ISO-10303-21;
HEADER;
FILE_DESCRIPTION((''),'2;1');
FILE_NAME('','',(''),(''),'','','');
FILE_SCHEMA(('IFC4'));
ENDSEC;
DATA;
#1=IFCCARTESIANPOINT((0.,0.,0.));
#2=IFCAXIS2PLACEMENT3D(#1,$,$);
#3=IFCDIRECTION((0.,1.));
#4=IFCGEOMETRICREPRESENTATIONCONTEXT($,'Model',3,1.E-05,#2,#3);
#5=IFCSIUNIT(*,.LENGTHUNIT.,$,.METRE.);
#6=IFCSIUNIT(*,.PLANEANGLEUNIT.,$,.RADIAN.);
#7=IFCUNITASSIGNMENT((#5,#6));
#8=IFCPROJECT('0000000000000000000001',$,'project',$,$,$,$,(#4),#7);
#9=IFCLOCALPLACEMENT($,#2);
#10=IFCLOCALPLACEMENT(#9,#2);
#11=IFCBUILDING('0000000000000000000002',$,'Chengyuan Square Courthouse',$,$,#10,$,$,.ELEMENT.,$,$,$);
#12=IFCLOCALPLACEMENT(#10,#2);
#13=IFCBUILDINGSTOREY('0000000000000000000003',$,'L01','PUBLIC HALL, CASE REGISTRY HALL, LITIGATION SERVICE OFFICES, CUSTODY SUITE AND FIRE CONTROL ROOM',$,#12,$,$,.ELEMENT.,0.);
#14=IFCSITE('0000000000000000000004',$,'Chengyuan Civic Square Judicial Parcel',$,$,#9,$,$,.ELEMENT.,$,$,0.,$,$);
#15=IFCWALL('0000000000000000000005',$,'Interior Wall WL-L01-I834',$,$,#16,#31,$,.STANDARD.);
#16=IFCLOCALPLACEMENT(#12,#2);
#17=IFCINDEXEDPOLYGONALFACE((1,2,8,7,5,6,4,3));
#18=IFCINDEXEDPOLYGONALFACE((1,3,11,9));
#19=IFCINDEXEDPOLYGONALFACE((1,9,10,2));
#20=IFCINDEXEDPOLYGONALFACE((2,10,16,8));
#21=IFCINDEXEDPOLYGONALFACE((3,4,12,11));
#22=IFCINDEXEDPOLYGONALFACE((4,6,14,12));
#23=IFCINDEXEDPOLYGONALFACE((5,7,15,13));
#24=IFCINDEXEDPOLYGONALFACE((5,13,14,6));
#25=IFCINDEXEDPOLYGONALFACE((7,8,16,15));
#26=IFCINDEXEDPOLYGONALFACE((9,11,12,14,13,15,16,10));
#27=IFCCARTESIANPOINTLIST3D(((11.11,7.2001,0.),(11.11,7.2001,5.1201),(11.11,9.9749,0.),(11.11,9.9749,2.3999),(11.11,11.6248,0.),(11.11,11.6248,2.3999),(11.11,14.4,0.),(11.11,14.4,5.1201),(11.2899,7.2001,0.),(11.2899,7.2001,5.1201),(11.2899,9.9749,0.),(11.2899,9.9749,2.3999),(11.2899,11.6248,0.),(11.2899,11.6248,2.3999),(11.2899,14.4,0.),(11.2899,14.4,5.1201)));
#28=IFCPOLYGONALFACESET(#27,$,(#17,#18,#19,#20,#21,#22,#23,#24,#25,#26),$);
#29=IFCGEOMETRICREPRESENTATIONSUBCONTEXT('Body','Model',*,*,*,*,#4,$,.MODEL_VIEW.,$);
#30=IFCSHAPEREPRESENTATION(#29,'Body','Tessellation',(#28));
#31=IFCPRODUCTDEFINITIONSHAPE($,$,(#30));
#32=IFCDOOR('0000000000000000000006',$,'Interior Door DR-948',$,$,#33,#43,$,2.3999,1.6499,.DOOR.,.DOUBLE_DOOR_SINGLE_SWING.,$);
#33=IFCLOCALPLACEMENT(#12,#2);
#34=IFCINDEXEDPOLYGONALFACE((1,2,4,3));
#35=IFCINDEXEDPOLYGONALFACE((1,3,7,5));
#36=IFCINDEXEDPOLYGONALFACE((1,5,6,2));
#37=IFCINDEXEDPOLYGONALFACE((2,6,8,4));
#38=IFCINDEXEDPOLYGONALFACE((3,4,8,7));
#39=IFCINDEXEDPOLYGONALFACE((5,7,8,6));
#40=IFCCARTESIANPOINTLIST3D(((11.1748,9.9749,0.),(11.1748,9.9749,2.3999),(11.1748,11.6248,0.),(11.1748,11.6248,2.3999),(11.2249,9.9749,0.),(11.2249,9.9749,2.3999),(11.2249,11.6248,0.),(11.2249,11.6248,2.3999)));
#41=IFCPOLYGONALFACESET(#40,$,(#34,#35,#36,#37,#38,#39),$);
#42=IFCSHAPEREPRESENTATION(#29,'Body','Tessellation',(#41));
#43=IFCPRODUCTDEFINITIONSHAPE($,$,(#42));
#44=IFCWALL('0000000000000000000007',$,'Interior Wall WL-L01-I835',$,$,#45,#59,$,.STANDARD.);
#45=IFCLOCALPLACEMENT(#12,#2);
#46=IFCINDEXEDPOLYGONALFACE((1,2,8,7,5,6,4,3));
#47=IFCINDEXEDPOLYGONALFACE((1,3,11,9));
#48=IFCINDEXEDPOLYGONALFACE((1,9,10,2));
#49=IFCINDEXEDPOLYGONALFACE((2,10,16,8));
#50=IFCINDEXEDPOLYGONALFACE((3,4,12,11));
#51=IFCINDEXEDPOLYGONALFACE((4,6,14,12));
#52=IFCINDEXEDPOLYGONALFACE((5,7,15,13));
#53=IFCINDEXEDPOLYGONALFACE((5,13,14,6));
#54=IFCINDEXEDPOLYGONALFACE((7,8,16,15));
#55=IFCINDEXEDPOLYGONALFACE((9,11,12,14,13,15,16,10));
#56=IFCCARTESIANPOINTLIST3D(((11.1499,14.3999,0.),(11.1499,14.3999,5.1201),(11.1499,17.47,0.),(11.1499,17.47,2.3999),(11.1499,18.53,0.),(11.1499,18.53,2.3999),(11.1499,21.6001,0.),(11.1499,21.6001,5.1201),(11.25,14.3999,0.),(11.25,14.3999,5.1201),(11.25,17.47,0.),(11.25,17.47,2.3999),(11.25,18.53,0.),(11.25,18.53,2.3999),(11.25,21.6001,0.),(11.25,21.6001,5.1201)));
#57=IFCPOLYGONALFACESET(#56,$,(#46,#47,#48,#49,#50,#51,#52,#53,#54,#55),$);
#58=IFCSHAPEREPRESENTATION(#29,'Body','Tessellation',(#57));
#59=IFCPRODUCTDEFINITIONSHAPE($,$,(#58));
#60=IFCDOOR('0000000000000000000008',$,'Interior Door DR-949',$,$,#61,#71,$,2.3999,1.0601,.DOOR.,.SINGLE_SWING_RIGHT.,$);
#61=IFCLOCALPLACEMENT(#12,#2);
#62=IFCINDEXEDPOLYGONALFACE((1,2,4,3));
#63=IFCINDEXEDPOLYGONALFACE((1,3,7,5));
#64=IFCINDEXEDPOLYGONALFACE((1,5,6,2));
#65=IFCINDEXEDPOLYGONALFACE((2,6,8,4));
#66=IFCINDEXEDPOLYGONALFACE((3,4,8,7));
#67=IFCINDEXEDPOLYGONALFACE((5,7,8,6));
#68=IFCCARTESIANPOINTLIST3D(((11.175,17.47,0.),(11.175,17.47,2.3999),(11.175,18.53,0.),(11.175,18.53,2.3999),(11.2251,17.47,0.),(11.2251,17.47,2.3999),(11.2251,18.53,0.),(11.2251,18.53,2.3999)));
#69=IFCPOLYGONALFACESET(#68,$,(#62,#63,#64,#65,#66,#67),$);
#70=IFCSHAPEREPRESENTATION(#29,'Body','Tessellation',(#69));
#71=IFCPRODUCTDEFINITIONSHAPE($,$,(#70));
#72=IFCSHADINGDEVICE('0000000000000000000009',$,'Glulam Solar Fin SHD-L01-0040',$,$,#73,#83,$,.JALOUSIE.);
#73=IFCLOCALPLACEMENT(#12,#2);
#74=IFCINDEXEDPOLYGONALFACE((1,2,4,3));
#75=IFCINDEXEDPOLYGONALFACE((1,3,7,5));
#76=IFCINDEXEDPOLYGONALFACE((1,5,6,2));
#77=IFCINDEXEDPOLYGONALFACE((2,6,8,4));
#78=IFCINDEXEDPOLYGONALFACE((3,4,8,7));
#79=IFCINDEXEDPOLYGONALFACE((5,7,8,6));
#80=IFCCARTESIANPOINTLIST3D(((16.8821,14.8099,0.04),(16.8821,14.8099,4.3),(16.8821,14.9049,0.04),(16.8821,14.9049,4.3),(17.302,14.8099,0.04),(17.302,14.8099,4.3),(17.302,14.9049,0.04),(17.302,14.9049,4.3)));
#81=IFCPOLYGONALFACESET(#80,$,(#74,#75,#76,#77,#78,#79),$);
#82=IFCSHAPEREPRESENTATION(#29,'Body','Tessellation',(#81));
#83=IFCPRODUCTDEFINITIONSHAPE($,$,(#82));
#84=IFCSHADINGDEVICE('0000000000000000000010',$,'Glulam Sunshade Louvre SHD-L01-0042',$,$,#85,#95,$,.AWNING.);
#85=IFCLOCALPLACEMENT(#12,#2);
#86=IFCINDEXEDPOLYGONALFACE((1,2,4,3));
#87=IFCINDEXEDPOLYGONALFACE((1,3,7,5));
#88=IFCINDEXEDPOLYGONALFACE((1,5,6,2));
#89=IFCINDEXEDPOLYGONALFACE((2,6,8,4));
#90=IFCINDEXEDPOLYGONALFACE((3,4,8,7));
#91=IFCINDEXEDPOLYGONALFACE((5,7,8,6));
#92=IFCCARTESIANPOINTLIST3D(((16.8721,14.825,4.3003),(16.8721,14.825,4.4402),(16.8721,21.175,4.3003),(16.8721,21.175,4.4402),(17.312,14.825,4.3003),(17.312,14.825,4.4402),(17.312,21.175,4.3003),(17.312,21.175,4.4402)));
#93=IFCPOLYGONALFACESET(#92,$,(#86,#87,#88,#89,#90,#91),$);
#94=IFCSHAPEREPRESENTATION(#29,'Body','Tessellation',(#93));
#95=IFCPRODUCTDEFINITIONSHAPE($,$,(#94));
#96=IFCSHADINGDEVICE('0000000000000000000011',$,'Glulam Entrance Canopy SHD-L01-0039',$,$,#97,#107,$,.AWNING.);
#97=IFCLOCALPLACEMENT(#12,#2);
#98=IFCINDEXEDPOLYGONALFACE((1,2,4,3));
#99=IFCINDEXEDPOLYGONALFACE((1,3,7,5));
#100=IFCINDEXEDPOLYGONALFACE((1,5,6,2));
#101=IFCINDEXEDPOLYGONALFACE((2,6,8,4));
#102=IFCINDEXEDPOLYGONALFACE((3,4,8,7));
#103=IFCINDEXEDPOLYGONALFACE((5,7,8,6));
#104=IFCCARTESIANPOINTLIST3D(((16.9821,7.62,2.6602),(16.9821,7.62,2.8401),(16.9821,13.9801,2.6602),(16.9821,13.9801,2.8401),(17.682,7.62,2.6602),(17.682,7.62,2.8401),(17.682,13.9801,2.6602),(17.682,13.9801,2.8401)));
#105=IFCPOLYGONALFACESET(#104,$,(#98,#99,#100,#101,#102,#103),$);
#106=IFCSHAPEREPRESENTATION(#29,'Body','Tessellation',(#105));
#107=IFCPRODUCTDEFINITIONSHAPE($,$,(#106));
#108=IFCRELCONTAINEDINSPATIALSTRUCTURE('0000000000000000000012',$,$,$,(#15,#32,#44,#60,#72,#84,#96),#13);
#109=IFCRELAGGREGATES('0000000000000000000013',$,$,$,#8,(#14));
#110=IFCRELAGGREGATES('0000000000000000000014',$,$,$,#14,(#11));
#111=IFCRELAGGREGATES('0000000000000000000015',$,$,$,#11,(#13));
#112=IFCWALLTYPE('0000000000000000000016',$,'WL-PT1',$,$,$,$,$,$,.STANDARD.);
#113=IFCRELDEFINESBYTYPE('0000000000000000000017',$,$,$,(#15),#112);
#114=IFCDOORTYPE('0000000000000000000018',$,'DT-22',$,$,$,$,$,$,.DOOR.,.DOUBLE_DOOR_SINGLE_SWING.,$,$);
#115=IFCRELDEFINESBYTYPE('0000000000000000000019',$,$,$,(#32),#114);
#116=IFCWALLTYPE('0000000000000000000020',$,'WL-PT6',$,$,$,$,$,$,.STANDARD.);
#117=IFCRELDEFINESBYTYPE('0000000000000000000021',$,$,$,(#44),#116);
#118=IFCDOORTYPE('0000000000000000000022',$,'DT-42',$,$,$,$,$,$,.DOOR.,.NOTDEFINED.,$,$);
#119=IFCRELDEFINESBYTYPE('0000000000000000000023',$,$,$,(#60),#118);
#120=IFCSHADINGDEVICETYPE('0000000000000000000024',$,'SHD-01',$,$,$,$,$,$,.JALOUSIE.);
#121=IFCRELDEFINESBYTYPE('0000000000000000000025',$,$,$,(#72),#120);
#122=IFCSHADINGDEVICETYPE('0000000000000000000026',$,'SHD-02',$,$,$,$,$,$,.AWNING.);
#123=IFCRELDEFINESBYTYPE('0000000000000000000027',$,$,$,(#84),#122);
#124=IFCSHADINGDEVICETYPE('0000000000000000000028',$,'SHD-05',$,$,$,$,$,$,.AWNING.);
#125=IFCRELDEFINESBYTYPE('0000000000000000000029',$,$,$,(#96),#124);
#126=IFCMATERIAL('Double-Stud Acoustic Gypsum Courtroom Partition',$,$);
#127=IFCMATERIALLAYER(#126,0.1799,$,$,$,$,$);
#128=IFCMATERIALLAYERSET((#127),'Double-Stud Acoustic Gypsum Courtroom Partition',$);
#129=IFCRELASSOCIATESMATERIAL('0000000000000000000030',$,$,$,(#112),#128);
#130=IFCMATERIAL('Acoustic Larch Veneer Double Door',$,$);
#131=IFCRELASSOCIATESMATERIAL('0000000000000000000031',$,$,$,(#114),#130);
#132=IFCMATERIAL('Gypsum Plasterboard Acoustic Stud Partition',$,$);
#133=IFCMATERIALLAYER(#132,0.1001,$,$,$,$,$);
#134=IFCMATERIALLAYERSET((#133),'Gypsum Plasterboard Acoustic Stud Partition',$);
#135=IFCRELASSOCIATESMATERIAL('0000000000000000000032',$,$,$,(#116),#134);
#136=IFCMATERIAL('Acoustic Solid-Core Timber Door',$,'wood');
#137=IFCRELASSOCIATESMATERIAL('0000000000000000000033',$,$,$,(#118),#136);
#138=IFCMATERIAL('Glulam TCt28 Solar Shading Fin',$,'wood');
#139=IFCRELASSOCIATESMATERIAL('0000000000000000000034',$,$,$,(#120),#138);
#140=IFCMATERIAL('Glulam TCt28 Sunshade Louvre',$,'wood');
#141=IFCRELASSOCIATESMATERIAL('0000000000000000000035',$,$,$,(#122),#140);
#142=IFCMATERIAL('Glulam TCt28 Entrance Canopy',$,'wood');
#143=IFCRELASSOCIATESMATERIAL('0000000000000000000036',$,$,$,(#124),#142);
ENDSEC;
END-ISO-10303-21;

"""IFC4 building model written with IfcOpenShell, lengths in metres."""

from ifc_helpers import new_model, si_unit, direction, frame, frame_2d, origin, origin_2d, place, context, subcontext, project, spatial, rectangle, extrude, material, layer, layer_set, type_object, element, fill, save


model = new_model("IFC4")

# Units and contexts
model_context = context("Model", 3, precision=1e-05, world=origin(), true_north=direction((0.0, 1.0)))
body_context = subcontext(model_context, "Body", "Model", "MODEL_VIEW")
ifc_project = project(units=[si_unit("LENGTHUNIT", "METRE"), si_unit("PLANEANGLEUNIT", "RADIAN")], contexts=[model_context])

# Site, building, storey
site_placement = place(None, origin())
site = spatial("IfcSite", under=ifc_project, at=site_placement, Name="Chengyuan Civic Square Judicial Parcel", CompositionType="ELEMENT", RefElevation=0.0)
building_placement = place(site_placement, origin())
building = spatial("IfcBuilding", under=site, at=building_placement, Name="Chengyuan Square Courthouse", CompositionType="ELEMENT")
storey_placement = place(building_placement, origin())
storey = spatial("IfcBuildingStorey", under=building, at=storey_placement, Name="L01", Description="PUBLIC HALL, CASE REGISTRY HALL, LITIGATION SERVICE OFFICES, CUSTODY SUITE AND FIRE CONTROL ROOM", CompositionType="ELEMENT", Elevation=0.0)

# Shared definitions
ifc_material_1 = material(Name="Double-Stud Acoustic Gypsum Courtroom Partition")
ifc_layer_1 = layer(ifc_material_1, 0.1799)
ifc_layer_set_1 = layer_set([ifc_layer_1], Name="Double-Stud Acoustic Gypsum Courtroom Partition")
wall_type_1 = type_object("IfcWallType", Name="WL-PT1", PredefinedType="STANDARD", material=ifc_layer_set_1)

# Walls, openings, doors
wall_1_placement = place(storey_placement, frame((11.2, 7.2, 0.0), z_axis=(0.0, 0.0, 1.0), x_axis=(0.0, 1.0, 0.0)))
wall_1 = element("IfcWall", 1, at=wall_1_placement, inside=storey, type_object=wall_type_1, Name="Interior Wall WL-L01-I834", PredefinedType="STANDARD", context=body_context, shape_type="SweptSolid", body=[
    extrude(rectangle(XDim=7.2, YDim=0.1799, at=frame_2d((3.6001, 0.0))), origin(), (0.0, 0.0, 1.0), 5.1201),
])
opening_1_placement = place(wall_1_placement, frame((2.7749, 0.0, 0.0)))
opening_1 = element("IfcOpeningElement", 2, at=opening_1_placement, cuts=wall_1, PredefinedType="OPENING", context=body_context, shape_type="SweptSolid", body=[
    extrude(rectangle(XDim=1.6499, YDim=2.3999, at=frame_2d((0.825, 1.2))), frame((0.0, 0.1021, 0.0), z_axis=(0.0, -1.0, 0.0), x_axis=(1.0, 0.0, 0.0)), (0.0, 0.0, 1.0), 0.2039),
])
ifc_material_2 = material(Name="Acoustic Larch Veneer Double Door")
door_type_1 = type_object("IfcDoorType", Name="DT-22", OperationType="DOUBLE_DOOR_SINGLE_SWING", PredefinedType="DOOR", material=ifc_material_2)
door_1_placement = place(opening_1_placement, frame((1.6499, 0.0, 0.0), z_axis=(0.0, 0.0, 1.0), x_axis=(-1.0, 0.0, 0.0)))
door_1 = element("IfcDoor", 3, at=door_1_placement, inside=storey, type_object=door_type_1, Name="Interior Door DR-948", OperationType="DOUBLE_DOOR_SINGLE_SWING", OverallHeight=2.3999, OverallWidth=1.6499, PredefinedType="DOOR", context=body_context, shape_type="SweptSolid", body=[
    extrude(rectangle(XDim=1.6499, YDim=2.3999, at=frame_2d((0.825, 1.2))), frame((0.0, 0.0249, 0.0), z_axis=(0.0, -1.0, 0.0), x_axis=(1.0, 0.0, 0.0)), (0.0, 0.0, 1.0), 0.05),
])
fill(opening_1, door_1)
ifc_material_3 = material(Name="Gypsum Plasterboard Acoustic Stud Partition")
ifc_layer_2 = layer(ifc_material_3, 0.1001)
ifc_layer_set_2 = layer_set([ifc_layer_2], Name="Gypsum Plasterboard Acoustic Stud Partition")
wall_type_2 = type_object("IfcWallType", Name="WL-PT6", PredefinedType="STANDARD", material=ifc_layer_set_2)
wall_2_placement = place(storey_placement, frame((11.2, 14.3999, 0.0), z_axis=(0.0, 0.0, 1.0), x_axis=(0.0, 1.0, 0.0)))
wall_2 = element("IfcWall", 4, at=wall_2_placement, inside=storey, type_object=wall_type_2, Name="Interior Wall WL-L01-I835", PredefinedType="STANDARD", context=body_context, shape_type="SweptSolid", body=[
    extrude(rectangle(XDim=7.2002, YDim=0.1001, at=frame_2d((3.6001, 0.0))), origin(), (0.0, 0.0, 1.0), 5.1201),
])
opening_2_placement = place(wall_2_placement, frame((3.0701, 0.0, 0.0)))
opening_2 = element("IfcOpeningElement", 5, at=opening_2_placement, cuts=wall_2, PredefinedType="OPENING", context=body_context, shape_type="SweptSolid", body=[
    extrude(rectangle(XDim=1.0601, YDim=2.3999, at=frame_2d((0.53, 1.2))), frame((0.0, 0.062, 0.0), z_axis=(0.0, -1.0, 0.0), x_axis=(1.0, 0.0, 0.0)), (0.0, 0.0, 1.0), 0.124),
])
ifc_material_4 = material(Name="Acoustic Solid-Core Timber Door", Category="wood")
door_type_2 = type_object("IfcDoorType", Name="DT-42", OperationType="NOTDEFINED", PredefinedType="DOOR", material=ifc_material_4)
door_2_placement = place(opening_2_placement, origin())
door_2 = element("IfcDoor", 6, at=door_2_placement, inside=storey, type_object=door_type_2, Name="Interior Door DR-949", OperationType="SINGLE_SWING_RIGHT", OverallHeight=2.3999, OverallWidth=1.0601, PredefinedType="DOOR", context=body_context, shape_type="SweptSolid", body=[
    extrude(rectangle(XDim=1.0601, YDim=2.3999, at=frame_2d((0.53, 1.2))), frame((0.0, 0.0249, 0.0), z_axis=(0.0, -1.0, 0.0), x_axis=(1.0, 0.0, 0.0)), (0.0, 0.0, 1.0), 0.05),
])
fill(opening_2, door_2)

# Shading devices
ifc_material_5 = material(Name="Glulam TCt28 Solar Shading Fin", Category="wood")
shading_device_type_1 = type_object("IfcShadingDeviceType", Name="SHD-01", PredefinedType="JALOUSIE", material=ifc_material_5)
shading_device_1_placement = place(storey_placement, frame((17.092, 14.8574, 0.04), z_axis=(0.0, 0.0, 1.0), x_axis=(1.0, 0.0, 0.0)))
element("IfcShadingDevice", 7, at=shading_device_1_placement, inside=storey, type_object=shading_device_type_1, Name="Glulam Solar Fin SHD-L01-0040", PredefinedType="JALOUSIE", context=body_context, shape_type="SweptSolid", body=[
    extrude(rectangle(XDim=0.4199, YDim=0.095, at=origin_2d()), origin(), (0.0, 0.0, 1.0), 4.26),
])
ifc_material_6 = material(Name="Glulam TCt28 Sunshade Louvre", Category="wood")
shading_device_type_2 = type_object("IfcShadingDeviceType", Name="SHD-02", PredefinedType="AWNING", material=ifc_material_6)
shading_device_2_placement = place(storey_placement, frame((17.092, 18.0, 4.3003), z_axis=(0.0, 0.0, 1.0), x_axis=(0.0, 1.0, 0.0)))
element("IfcShadingDevice", 8, at=shading_device_2_placement, inside=storey, type_object=shading_device_type_2, Name="Glulam Sunshade Louvre SHD-L01-0042", PredefinedType="AWNING", context=body_context, shape_type="SweptSolid", body=[
    extrude(rectangle(XDim=6.3501, YDim=0.4399, at=origin_2d()), origin(), (0.0, 0.0, 1.0), 0.1399),
])
ifc_material_7 = material(Name="Glulam TCt28 Entrance Canopy", Category="wood")
shading_device_type_3 = type_object("IfcShadingDeviceType", Name="SHD-05", PredefinedType="AWNING", material=ifc_material_7)
shading_device_3_placement = place(storey_placement, frame((17.332, 10.8, 2.6602), z_axis=(0.0, 0.0, 1.0), x_axis=(0.0, 1.0, 0.0)))
element("IfcShadingDevice", 9, at=shading_device_3_placement, inside=storey, type_object=shading_device_type_3, Name="Glulam Entrance Canopy SHD-L01-0039", PredefinedType="AWNING", context=body_context, shape_type="SweptSolid", body=[
    extrude(rectangle(XDim=6.3601, YDim=0.7, at=origin_2d()), origin(), (0.0, 0.0, 1.0), 0.1799),
])

save(model, "model.ifc")
